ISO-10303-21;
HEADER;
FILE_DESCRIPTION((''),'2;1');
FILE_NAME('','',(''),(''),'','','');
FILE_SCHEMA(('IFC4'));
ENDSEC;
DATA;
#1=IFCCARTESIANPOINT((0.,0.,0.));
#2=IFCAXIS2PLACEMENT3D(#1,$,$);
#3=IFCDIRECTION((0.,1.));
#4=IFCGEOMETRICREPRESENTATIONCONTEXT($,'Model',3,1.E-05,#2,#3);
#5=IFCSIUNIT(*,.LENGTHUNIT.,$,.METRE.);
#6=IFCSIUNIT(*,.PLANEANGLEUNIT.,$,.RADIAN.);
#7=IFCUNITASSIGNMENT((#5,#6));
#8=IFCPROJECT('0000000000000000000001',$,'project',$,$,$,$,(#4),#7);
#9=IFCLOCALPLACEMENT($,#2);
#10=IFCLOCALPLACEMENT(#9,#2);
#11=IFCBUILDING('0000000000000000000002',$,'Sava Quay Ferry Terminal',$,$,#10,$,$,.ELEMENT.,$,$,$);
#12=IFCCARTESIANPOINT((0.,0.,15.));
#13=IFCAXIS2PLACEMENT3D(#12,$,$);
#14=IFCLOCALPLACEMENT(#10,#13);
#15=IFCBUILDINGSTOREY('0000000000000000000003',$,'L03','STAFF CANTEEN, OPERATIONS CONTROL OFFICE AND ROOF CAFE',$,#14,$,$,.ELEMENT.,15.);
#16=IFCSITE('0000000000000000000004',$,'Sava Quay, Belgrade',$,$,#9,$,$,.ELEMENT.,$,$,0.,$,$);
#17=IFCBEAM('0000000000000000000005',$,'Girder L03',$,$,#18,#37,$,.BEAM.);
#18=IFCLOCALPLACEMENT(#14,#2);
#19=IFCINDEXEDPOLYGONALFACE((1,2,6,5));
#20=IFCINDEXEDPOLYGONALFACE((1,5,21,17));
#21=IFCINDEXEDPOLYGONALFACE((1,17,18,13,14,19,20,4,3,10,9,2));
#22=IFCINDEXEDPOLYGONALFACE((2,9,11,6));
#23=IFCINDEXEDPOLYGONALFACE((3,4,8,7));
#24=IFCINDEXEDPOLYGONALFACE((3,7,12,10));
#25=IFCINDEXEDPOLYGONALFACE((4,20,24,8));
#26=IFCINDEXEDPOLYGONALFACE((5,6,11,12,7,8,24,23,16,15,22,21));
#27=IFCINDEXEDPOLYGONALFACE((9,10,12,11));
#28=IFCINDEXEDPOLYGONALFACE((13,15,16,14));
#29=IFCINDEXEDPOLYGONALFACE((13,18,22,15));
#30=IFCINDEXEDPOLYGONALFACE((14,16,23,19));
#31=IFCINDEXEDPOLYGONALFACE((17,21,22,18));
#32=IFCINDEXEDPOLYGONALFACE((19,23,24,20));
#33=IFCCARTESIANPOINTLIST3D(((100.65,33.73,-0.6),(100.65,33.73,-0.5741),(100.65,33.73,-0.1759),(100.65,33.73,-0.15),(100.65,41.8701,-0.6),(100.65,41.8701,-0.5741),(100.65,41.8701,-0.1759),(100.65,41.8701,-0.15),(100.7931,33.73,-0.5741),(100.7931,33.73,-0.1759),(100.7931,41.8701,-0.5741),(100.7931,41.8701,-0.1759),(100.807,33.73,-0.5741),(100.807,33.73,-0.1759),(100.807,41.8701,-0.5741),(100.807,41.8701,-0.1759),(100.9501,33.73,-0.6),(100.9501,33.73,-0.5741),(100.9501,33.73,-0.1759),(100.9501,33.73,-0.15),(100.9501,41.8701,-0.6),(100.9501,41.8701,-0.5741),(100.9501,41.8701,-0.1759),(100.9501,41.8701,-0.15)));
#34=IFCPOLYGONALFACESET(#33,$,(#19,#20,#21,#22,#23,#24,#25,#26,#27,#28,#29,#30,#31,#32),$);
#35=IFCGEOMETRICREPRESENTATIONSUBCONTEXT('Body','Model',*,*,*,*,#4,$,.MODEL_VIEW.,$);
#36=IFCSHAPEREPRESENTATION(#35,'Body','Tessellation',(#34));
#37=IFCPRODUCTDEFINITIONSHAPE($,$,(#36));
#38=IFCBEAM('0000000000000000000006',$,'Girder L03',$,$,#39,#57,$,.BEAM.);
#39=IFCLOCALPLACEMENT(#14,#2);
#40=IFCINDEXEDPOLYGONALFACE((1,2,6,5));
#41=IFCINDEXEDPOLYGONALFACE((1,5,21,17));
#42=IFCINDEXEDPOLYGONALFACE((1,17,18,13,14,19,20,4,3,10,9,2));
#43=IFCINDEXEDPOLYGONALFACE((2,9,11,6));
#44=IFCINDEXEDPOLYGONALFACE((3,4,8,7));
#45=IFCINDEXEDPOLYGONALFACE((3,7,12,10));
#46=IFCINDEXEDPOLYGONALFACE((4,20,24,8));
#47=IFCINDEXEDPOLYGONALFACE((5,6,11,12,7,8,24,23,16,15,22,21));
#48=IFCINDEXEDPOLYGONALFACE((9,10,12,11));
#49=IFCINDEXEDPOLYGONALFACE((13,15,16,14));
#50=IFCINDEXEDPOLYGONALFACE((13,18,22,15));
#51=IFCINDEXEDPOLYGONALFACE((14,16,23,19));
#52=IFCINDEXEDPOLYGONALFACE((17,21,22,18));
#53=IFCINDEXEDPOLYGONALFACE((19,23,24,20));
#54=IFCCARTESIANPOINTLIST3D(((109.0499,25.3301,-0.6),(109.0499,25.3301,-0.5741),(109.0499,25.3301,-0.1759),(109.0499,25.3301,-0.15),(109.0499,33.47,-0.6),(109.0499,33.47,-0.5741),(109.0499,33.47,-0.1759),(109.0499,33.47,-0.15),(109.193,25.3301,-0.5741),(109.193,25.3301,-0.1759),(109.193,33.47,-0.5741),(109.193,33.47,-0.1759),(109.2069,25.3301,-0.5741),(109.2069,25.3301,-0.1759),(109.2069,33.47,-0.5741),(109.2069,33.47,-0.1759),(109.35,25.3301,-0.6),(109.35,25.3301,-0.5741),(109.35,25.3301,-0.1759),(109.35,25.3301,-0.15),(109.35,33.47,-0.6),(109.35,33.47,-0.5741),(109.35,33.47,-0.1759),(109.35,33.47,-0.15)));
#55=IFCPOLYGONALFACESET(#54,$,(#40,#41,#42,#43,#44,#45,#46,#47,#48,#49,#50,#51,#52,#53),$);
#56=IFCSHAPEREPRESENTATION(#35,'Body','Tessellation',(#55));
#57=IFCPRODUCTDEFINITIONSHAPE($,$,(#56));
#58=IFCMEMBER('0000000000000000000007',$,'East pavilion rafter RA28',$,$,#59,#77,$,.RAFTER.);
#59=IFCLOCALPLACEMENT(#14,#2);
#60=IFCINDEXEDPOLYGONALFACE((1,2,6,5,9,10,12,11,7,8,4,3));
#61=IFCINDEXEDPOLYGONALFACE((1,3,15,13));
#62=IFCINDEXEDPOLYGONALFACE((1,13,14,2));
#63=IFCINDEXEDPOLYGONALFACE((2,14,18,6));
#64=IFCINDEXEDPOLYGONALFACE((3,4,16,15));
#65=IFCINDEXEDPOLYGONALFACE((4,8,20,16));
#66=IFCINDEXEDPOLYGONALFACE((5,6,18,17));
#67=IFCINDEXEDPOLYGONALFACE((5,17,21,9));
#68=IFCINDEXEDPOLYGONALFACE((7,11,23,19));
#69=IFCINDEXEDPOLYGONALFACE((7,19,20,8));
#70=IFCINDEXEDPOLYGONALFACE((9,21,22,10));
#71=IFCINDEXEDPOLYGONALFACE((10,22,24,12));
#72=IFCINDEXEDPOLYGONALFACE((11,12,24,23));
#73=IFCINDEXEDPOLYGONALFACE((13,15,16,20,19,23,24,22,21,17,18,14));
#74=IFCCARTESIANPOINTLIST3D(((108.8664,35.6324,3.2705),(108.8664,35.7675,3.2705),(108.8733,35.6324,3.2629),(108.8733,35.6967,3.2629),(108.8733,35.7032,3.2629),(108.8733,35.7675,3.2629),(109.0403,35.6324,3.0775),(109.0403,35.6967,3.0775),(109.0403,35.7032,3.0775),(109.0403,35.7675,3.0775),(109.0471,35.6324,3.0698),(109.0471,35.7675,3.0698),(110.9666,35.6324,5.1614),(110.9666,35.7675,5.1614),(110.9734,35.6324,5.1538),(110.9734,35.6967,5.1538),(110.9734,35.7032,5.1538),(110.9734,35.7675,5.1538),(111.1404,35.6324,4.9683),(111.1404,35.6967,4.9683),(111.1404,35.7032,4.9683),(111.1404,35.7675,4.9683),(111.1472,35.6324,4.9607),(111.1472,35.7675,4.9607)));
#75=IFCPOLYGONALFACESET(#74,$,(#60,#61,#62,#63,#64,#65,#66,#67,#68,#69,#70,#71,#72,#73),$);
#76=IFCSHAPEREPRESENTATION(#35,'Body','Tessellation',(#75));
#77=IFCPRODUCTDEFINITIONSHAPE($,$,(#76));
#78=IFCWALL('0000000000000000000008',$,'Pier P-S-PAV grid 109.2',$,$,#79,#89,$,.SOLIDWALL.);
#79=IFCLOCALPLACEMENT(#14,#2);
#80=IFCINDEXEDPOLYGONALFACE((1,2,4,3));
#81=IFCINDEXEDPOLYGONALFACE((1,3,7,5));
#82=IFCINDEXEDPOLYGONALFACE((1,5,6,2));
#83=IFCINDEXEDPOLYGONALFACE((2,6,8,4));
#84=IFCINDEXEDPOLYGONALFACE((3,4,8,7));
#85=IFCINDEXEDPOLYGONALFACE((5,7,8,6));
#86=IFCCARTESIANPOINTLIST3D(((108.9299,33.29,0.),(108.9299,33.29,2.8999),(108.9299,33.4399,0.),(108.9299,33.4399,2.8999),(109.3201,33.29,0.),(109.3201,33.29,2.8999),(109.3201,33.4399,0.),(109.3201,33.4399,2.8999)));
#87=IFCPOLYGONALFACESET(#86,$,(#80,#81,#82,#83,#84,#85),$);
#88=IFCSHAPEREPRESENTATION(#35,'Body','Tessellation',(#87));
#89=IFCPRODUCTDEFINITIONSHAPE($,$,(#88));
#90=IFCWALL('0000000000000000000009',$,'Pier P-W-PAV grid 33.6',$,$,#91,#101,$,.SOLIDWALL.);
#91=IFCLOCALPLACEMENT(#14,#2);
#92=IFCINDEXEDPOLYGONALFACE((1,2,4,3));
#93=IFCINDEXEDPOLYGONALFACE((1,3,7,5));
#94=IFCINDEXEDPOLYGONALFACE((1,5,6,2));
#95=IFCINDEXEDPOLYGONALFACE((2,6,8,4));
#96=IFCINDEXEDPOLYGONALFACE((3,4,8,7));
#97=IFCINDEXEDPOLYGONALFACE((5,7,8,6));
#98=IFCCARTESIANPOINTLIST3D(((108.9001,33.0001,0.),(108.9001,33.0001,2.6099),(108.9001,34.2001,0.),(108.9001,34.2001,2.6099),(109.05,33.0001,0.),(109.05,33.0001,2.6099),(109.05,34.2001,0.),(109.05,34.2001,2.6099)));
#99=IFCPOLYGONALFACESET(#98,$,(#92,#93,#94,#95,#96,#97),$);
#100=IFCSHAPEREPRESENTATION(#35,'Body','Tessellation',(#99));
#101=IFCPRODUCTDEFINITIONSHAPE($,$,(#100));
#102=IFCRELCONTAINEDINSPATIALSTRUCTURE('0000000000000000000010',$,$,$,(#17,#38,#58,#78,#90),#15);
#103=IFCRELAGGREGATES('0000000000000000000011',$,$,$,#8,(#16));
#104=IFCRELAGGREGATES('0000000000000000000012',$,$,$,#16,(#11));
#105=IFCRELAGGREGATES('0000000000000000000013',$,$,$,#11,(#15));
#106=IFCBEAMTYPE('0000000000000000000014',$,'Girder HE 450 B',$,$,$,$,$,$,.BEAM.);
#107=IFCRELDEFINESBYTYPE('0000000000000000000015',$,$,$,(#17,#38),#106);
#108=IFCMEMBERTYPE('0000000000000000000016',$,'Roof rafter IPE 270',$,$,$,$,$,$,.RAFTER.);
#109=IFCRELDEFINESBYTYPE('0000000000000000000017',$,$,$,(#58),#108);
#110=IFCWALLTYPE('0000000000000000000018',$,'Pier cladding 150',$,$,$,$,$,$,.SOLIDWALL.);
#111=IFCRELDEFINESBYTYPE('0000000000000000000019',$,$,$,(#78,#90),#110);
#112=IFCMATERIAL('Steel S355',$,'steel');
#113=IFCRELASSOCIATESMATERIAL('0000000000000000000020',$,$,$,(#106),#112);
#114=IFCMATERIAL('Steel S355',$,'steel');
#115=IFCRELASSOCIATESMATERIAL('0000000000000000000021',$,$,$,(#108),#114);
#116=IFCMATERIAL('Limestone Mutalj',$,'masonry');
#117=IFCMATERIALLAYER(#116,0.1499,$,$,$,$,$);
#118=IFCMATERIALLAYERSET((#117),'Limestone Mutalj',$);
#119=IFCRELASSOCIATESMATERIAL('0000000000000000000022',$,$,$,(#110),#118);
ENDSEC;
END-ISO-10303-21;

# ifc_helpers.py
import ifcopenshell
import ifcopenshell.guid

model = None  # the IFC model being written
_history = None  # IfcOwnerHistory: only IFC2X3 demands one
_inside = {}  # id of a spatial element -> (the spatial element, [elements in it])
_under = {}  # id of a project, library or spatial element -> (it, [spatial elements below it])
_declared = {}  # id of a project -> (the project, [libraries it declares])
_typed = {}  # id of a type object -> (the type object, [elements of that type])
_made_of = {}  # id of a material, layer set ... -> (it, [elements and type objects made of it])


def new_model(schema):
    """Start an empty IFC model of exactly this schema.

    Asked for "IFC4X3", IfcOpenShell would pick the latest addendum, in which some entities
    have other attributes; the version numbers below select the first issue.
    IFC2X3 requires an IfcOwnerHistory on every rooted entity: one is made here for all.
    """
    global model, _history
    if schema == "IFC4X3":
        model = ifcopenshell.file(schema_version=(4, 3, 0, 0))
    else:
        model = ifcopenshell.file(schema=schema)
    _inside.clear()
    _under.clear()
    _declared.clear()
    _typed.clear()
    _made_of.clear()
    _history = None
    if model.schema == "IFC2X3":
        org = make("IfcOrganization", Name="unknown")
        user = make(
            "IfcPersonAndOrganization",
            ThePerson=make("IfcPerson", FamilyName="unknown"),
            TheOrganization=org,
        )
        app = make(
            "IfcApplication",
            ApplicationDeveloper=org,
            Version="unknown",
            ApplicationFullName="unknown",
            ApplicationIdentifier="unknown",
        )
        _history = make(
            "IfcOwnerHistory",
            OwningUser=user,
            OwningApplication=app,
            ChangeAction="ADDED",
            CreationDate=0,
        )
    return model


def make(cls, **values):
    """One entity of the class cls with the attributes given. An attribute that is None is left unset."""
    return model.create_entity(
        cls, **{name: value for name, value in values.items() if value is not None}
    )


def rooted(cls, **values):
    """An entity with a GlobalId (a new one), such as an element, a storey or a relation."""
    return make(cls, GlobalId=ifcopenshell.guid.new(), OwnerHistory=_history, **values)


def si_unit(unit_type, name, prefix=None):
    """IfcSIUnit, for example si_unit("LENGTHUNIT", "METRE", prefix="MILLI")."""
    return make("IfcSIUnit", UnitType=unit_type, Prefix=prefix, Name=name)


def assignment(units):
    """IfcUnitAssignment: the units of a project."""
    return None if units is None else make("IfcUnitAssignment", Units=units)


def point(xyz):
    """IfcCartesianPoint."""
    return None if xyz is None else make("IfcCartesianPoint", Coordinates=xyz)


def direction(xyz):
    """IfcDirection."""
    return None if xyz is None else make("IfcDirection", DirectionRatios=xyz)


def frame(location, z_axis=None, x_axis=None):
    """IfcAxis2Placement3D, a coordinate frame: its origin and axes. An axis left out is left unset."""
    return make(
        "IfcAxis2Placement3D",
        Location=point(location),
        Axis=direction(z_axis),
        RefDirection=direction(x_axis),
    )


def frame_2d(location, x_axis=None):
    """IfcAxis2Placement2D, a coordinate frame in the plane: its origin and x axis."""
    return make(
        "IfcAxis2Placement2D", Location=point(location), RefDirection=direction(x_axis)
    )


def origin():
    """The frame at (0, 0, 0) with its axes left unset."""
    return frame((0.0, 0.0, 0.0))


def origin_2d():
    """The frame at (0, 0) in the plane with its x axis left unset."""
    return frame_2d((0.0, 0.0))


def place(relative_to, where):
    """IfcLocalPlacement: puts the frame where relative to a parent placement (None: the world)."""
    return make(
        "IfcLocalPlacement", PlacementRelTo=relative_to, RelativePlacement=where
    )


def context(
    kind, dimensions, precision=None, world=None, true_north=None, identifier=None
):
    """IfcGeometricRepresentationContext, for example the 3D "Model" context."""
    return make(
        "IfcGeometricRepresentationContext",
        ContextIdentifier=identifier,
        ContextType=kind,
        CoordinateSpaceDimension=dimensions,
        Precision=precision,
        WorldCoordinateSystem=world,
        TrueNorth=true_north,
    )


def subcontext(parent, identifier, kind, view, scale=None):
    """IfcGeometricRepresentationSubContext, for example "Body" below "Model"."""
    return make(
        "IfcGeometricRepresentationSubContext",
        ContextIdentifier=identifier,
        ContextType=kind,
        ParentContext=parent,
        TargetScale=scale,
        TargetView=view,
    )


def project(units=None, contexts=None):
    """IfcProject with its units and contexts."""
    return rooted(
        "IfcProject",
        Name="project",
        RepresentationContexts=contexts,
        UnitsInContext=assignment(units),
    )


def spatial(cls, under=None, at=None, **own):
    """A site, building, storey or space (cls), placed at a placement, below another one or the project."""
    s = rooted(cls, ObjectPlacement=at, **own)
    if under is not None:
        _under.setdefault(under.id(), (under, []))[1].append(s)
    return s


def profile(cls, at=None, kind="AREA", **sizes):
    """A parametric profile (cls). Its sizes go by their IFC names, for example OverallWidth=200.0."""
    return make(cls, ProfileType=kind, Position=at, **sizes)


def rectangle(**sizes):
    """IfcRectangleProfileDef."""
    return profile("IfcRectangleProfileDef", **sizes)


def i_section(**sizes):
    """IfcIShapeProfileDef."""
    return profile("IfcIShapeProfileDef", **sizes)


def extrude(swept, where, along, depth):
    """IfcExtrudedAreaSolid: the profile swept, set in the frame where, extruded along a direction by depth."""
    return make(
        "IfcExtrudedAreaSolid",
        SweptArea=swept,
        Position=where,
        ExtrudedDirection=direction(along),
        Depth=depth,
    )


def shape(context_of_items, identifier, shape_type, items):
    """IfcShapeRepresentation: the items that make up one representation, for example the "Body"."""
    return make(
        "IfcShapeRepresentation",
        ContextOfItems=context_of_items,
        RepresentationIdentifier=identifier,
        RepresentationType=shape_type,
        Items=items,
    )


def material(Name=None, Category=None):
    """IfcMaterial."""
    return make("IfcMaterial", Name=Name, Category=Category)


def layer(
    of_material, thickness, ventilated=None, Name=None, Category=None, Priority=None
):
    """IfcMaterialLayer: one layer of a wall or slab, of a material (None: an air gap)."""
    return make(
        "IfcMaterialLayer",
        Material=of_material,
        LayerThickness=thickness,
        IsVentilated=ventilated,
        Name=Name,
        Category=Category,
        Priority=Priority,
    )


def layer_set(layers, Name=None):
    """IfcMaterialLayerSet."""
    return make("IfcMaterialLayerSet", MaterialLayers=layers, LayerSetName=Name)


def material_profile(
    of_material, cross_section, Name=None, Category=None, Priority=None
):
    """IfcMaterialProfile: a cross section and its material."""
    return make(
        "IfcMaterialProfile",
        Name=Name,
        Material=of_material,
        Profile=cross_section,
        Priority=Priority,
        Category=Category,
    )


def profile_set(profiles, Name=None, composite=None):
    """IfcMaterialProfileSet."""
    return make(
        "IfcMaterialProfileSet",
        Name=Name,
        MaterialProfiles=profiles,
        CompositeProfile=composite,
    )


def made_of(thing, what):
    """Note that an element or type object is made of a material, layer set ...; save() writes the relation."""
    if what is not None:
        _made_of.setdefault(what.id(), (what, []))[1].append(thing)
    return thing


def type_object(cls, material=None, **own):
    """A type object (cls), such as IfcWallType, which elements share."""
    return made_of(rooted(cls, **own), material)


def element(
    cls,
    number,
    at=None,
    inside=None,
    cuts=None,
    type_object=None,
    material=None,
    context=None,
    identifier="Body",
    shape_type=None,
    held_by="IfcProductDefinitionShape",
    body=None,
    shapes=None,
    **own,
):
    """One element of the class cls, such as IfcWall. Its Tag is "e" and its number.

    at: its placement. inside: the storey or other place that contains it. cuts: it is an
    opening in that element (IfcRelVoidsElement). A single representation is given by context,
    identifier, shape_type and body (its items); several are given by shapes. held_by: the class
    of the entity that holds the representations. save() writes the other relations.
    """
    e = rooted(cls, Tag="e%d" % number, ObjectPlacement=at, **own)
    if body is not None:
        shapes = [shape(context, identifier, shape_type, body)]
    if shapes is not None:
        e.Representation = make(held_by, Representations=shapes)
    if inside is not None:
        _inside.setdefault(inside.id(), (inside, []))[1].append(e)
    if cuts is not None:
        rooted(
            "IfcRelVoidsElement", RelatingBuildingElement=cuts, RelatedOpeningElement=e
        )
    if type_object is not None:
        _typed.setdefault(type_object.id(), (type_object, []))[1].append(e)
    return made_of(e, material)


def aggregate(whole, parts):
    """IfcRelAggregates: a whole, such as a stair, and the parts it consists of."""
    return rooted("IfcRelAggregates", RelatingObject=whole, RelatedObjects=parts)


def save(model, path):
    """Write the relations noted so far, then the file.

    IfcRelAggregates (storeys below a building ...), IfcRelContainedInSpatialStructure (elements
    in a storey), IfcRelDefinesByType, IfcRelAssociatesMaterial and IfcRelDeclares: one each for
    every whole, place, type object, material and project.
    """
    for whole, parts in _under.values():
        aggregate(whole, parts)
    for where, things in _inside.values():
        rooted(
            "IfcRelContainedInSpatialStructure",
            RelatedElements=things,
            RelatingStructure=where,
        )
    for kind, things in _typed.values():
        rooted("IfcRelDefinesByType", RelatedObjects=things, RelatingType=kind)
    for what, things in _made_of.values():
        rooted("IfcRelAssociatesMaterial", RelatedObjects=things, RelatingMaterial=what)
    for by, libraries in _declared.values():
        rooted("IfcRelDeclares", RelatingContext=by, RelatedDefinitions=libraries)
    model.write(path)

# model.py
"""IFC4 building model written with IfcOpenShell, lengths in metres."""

from ifc_helpers import new_model, si_unit, direction, frame, frame_2d, origin, origin_2d, place, context, subcontext, project, spatial, rectangle, i_section, extrude, material, layer, layer_set, material_profile, profile_set, type_object, element, save


model = new_model("IFC4")

# Units and contexts
model_context = context("Model", 3, precision=1e-05, world=origin(), true_north=direction((0.0, 1.0)))
body_context = subcontext(model_context, "Body", "Model", "MODEL_VIEW")
ifc_project = project(units=[si_unit("LENGTHUNIT", "METRE"), si_unit("PLANEANGLEUNIT", "RADIAN")], contexts=[model_context])

# Site, building, storey
site_placement = place(None, origin())
site = spatial("IfcSite", under=ifc_project, at=site_placement, Name="Sava Quay, Belgrade", CompositionType="ELEMENT", RefElevation=0.0)
building_placement = place(site_placement, origin())
building = spatial("IfcBuilding", under=site, at=building_placement, Name="Sava Quay Ferry Terminal", CompositionType="ELEMENT")
storey_placement = place(building_placement, frame((0.0, 0.0, 15.0)))
storey = spatial("IfcBuildingStorey", under=building, at=storey_placement, Name="L03", Description="STAFF CANTEEN, OPERATIONS CONTROL OFFICE AND ROOF CAFE", CompositionType="ELEMENT", Elevation=15.0)

# Beams
ifc_material_1 = material(Name="Steel S355", Category="steel")
ifc_material_profile_1 = material_profile(ifc_material_1, i_section(OverallWidth=0.3, OverallDepth=0.45, WebThickness=0.0139, FlangeThickness=0.0259, at=origin_2d()), Name="HE 450 B")
ifc_profile_set_1 = profile_set([ifc_material_profile_1], Name="Steel S355")
beam_type_1 = type_object("IfcBeamType", Name="Girder HE 450 B", PredefinedType="BEAM", material=ifc_profile_set_1)
beam_1_placement = place(storey_placement, frame((100.8, 33.73, -0.375), z_axis=(0.0, 1.0, 0.0), x_axis=(-1.0, 0.0, 0.0)))
element("IfcBeam", 1, at=beam_1_placement, inside=storey, type_object=beam_type_1, Name="Girder L03", PredefinedType="BEAM", context=body_context, shape_type="SweptSolid", body=[
    extrude(i_section(OverallWidth=0.3, OverallDepth=0.45, WebThickness=0.0139, FlangeThickness=0.0259, at=origin_2d()), origin(), (0.0, 0.0, 1.0), 8.1401),
])
beam_2_placement = place(storey_placement, frame((109.2, 25.3301, -0.375), z_axis=(0.0, 1.0, 0.0), x_axis=(-1.0, 0.0, 0.0)))
element("IfcBeam", 2, at=beam_2_placement, inside=storey, type_object=beam_type_1, Name="Girder L03", PredefinedType="BEAM", context=body_context, shape_type="SweptSolid", body=[
    extrude(i_section(OverallWidth=0.3, OverallDepth=0.45, WebThickness=0.0139, FlangeThickness=0.0259, at=origin_2d()), origin(), (0.0, 0.0, 1.0), 8.1399),
])

# Member
ifc_material_2 = material(Name="Steel S355", Category="steel")
ifc_material_profile_2 = material_profile(ifc_material_2, i_section(OverallWidth=0.135, OverallDepth=0.27, WebThickness=0.0066, FlangeThickness=0.0103, at=origin_2d()), Name="IPE 270")
ifc_profile_set_2 = profile_set([ifc_material_profile_2], Name="Steel S355")
member_type = type_object("IfcMemberType", Name="Roof rafter IPE 270", PredefinedType="RAFTER", material=ifc_profile_set_2)
member_placement = place(storey_placement, frame((108.9568, 35.7, 3.1702), z_axis=(0.743157, 0.0, 0.669117), x_axis=(0.0, 1.0, 0.0)))
element("IfcMember", 3, at=member_placement, inside=storey, type_object=member_type, Name="East pavilion rafter RA28", PredefinedType="RAFTER", context=body_context, shape_type="SweptSolid", body=[
    extrude(i_section(OverallWidth=0.135, OverallDepth=0.27, WebThickness=0.0066, FlangeThickness=0.0103, at=origin_2d()), origin(), (0.0, 0.0, 1.0), 2.8259),
])

# Walls
ifc_material_3 = material(Name="Limestone Mutalj", Category="masonry")
ifc_layer = layer(ifc_material_3, 0.1499)
ifc_layer_set = layer_set([ifc_layer], Name="Limestone Mutalj")
wall_type = type_object("IfcWallType", Name="Pier cladding 150", PredefinedType="SOLIDWALL", material=ifc_layer_set)
wall_1_placement = place(storey_placement, frame((108.9299, 33.365, 0.0), z_axis=(0.0, 0.0, 1.0), x_axis=(1.0, 0.0, 0.0)))
element("IfcWall", 4, at=wall_1_placement, inside=storey, type_object=wall_type, Name="Pier P-S-PAV grid 109.2", PredefinedType="SOLIDWALL", context=body_context, shape_type="SweptSolid", body=[
    extrude(rectangle(XDim=0.3901, YDim=0.1499, at=frame_2d((0.1951, 0.0))), origin(), (0.0, 0.0, 1.0), 2.8999),
])
wall_2_placement = place(storey_placement, frame((108.9751, 33.0, 0.0), z_axis=(0.0, 0.0, 1.0), x_axis=(0.0, 1.0, 0.0)))
element("IfcWall", 5, at=wall_2_placement, inside=storey, type_object=wall_type, Name="Pier P-W-PAV grid 33.6", PredefinedType="SOLIDWALL", context=body_context, shape_type="SweptSolid", body=[
    extrude(rectangle(XDim=1.2, YDim=0.1499, at=frame_2d((0.6001, 0.0))), origin(), (0.0, 0.0, 1.0), 2.6099),
])

save(model, "model.ifc")
